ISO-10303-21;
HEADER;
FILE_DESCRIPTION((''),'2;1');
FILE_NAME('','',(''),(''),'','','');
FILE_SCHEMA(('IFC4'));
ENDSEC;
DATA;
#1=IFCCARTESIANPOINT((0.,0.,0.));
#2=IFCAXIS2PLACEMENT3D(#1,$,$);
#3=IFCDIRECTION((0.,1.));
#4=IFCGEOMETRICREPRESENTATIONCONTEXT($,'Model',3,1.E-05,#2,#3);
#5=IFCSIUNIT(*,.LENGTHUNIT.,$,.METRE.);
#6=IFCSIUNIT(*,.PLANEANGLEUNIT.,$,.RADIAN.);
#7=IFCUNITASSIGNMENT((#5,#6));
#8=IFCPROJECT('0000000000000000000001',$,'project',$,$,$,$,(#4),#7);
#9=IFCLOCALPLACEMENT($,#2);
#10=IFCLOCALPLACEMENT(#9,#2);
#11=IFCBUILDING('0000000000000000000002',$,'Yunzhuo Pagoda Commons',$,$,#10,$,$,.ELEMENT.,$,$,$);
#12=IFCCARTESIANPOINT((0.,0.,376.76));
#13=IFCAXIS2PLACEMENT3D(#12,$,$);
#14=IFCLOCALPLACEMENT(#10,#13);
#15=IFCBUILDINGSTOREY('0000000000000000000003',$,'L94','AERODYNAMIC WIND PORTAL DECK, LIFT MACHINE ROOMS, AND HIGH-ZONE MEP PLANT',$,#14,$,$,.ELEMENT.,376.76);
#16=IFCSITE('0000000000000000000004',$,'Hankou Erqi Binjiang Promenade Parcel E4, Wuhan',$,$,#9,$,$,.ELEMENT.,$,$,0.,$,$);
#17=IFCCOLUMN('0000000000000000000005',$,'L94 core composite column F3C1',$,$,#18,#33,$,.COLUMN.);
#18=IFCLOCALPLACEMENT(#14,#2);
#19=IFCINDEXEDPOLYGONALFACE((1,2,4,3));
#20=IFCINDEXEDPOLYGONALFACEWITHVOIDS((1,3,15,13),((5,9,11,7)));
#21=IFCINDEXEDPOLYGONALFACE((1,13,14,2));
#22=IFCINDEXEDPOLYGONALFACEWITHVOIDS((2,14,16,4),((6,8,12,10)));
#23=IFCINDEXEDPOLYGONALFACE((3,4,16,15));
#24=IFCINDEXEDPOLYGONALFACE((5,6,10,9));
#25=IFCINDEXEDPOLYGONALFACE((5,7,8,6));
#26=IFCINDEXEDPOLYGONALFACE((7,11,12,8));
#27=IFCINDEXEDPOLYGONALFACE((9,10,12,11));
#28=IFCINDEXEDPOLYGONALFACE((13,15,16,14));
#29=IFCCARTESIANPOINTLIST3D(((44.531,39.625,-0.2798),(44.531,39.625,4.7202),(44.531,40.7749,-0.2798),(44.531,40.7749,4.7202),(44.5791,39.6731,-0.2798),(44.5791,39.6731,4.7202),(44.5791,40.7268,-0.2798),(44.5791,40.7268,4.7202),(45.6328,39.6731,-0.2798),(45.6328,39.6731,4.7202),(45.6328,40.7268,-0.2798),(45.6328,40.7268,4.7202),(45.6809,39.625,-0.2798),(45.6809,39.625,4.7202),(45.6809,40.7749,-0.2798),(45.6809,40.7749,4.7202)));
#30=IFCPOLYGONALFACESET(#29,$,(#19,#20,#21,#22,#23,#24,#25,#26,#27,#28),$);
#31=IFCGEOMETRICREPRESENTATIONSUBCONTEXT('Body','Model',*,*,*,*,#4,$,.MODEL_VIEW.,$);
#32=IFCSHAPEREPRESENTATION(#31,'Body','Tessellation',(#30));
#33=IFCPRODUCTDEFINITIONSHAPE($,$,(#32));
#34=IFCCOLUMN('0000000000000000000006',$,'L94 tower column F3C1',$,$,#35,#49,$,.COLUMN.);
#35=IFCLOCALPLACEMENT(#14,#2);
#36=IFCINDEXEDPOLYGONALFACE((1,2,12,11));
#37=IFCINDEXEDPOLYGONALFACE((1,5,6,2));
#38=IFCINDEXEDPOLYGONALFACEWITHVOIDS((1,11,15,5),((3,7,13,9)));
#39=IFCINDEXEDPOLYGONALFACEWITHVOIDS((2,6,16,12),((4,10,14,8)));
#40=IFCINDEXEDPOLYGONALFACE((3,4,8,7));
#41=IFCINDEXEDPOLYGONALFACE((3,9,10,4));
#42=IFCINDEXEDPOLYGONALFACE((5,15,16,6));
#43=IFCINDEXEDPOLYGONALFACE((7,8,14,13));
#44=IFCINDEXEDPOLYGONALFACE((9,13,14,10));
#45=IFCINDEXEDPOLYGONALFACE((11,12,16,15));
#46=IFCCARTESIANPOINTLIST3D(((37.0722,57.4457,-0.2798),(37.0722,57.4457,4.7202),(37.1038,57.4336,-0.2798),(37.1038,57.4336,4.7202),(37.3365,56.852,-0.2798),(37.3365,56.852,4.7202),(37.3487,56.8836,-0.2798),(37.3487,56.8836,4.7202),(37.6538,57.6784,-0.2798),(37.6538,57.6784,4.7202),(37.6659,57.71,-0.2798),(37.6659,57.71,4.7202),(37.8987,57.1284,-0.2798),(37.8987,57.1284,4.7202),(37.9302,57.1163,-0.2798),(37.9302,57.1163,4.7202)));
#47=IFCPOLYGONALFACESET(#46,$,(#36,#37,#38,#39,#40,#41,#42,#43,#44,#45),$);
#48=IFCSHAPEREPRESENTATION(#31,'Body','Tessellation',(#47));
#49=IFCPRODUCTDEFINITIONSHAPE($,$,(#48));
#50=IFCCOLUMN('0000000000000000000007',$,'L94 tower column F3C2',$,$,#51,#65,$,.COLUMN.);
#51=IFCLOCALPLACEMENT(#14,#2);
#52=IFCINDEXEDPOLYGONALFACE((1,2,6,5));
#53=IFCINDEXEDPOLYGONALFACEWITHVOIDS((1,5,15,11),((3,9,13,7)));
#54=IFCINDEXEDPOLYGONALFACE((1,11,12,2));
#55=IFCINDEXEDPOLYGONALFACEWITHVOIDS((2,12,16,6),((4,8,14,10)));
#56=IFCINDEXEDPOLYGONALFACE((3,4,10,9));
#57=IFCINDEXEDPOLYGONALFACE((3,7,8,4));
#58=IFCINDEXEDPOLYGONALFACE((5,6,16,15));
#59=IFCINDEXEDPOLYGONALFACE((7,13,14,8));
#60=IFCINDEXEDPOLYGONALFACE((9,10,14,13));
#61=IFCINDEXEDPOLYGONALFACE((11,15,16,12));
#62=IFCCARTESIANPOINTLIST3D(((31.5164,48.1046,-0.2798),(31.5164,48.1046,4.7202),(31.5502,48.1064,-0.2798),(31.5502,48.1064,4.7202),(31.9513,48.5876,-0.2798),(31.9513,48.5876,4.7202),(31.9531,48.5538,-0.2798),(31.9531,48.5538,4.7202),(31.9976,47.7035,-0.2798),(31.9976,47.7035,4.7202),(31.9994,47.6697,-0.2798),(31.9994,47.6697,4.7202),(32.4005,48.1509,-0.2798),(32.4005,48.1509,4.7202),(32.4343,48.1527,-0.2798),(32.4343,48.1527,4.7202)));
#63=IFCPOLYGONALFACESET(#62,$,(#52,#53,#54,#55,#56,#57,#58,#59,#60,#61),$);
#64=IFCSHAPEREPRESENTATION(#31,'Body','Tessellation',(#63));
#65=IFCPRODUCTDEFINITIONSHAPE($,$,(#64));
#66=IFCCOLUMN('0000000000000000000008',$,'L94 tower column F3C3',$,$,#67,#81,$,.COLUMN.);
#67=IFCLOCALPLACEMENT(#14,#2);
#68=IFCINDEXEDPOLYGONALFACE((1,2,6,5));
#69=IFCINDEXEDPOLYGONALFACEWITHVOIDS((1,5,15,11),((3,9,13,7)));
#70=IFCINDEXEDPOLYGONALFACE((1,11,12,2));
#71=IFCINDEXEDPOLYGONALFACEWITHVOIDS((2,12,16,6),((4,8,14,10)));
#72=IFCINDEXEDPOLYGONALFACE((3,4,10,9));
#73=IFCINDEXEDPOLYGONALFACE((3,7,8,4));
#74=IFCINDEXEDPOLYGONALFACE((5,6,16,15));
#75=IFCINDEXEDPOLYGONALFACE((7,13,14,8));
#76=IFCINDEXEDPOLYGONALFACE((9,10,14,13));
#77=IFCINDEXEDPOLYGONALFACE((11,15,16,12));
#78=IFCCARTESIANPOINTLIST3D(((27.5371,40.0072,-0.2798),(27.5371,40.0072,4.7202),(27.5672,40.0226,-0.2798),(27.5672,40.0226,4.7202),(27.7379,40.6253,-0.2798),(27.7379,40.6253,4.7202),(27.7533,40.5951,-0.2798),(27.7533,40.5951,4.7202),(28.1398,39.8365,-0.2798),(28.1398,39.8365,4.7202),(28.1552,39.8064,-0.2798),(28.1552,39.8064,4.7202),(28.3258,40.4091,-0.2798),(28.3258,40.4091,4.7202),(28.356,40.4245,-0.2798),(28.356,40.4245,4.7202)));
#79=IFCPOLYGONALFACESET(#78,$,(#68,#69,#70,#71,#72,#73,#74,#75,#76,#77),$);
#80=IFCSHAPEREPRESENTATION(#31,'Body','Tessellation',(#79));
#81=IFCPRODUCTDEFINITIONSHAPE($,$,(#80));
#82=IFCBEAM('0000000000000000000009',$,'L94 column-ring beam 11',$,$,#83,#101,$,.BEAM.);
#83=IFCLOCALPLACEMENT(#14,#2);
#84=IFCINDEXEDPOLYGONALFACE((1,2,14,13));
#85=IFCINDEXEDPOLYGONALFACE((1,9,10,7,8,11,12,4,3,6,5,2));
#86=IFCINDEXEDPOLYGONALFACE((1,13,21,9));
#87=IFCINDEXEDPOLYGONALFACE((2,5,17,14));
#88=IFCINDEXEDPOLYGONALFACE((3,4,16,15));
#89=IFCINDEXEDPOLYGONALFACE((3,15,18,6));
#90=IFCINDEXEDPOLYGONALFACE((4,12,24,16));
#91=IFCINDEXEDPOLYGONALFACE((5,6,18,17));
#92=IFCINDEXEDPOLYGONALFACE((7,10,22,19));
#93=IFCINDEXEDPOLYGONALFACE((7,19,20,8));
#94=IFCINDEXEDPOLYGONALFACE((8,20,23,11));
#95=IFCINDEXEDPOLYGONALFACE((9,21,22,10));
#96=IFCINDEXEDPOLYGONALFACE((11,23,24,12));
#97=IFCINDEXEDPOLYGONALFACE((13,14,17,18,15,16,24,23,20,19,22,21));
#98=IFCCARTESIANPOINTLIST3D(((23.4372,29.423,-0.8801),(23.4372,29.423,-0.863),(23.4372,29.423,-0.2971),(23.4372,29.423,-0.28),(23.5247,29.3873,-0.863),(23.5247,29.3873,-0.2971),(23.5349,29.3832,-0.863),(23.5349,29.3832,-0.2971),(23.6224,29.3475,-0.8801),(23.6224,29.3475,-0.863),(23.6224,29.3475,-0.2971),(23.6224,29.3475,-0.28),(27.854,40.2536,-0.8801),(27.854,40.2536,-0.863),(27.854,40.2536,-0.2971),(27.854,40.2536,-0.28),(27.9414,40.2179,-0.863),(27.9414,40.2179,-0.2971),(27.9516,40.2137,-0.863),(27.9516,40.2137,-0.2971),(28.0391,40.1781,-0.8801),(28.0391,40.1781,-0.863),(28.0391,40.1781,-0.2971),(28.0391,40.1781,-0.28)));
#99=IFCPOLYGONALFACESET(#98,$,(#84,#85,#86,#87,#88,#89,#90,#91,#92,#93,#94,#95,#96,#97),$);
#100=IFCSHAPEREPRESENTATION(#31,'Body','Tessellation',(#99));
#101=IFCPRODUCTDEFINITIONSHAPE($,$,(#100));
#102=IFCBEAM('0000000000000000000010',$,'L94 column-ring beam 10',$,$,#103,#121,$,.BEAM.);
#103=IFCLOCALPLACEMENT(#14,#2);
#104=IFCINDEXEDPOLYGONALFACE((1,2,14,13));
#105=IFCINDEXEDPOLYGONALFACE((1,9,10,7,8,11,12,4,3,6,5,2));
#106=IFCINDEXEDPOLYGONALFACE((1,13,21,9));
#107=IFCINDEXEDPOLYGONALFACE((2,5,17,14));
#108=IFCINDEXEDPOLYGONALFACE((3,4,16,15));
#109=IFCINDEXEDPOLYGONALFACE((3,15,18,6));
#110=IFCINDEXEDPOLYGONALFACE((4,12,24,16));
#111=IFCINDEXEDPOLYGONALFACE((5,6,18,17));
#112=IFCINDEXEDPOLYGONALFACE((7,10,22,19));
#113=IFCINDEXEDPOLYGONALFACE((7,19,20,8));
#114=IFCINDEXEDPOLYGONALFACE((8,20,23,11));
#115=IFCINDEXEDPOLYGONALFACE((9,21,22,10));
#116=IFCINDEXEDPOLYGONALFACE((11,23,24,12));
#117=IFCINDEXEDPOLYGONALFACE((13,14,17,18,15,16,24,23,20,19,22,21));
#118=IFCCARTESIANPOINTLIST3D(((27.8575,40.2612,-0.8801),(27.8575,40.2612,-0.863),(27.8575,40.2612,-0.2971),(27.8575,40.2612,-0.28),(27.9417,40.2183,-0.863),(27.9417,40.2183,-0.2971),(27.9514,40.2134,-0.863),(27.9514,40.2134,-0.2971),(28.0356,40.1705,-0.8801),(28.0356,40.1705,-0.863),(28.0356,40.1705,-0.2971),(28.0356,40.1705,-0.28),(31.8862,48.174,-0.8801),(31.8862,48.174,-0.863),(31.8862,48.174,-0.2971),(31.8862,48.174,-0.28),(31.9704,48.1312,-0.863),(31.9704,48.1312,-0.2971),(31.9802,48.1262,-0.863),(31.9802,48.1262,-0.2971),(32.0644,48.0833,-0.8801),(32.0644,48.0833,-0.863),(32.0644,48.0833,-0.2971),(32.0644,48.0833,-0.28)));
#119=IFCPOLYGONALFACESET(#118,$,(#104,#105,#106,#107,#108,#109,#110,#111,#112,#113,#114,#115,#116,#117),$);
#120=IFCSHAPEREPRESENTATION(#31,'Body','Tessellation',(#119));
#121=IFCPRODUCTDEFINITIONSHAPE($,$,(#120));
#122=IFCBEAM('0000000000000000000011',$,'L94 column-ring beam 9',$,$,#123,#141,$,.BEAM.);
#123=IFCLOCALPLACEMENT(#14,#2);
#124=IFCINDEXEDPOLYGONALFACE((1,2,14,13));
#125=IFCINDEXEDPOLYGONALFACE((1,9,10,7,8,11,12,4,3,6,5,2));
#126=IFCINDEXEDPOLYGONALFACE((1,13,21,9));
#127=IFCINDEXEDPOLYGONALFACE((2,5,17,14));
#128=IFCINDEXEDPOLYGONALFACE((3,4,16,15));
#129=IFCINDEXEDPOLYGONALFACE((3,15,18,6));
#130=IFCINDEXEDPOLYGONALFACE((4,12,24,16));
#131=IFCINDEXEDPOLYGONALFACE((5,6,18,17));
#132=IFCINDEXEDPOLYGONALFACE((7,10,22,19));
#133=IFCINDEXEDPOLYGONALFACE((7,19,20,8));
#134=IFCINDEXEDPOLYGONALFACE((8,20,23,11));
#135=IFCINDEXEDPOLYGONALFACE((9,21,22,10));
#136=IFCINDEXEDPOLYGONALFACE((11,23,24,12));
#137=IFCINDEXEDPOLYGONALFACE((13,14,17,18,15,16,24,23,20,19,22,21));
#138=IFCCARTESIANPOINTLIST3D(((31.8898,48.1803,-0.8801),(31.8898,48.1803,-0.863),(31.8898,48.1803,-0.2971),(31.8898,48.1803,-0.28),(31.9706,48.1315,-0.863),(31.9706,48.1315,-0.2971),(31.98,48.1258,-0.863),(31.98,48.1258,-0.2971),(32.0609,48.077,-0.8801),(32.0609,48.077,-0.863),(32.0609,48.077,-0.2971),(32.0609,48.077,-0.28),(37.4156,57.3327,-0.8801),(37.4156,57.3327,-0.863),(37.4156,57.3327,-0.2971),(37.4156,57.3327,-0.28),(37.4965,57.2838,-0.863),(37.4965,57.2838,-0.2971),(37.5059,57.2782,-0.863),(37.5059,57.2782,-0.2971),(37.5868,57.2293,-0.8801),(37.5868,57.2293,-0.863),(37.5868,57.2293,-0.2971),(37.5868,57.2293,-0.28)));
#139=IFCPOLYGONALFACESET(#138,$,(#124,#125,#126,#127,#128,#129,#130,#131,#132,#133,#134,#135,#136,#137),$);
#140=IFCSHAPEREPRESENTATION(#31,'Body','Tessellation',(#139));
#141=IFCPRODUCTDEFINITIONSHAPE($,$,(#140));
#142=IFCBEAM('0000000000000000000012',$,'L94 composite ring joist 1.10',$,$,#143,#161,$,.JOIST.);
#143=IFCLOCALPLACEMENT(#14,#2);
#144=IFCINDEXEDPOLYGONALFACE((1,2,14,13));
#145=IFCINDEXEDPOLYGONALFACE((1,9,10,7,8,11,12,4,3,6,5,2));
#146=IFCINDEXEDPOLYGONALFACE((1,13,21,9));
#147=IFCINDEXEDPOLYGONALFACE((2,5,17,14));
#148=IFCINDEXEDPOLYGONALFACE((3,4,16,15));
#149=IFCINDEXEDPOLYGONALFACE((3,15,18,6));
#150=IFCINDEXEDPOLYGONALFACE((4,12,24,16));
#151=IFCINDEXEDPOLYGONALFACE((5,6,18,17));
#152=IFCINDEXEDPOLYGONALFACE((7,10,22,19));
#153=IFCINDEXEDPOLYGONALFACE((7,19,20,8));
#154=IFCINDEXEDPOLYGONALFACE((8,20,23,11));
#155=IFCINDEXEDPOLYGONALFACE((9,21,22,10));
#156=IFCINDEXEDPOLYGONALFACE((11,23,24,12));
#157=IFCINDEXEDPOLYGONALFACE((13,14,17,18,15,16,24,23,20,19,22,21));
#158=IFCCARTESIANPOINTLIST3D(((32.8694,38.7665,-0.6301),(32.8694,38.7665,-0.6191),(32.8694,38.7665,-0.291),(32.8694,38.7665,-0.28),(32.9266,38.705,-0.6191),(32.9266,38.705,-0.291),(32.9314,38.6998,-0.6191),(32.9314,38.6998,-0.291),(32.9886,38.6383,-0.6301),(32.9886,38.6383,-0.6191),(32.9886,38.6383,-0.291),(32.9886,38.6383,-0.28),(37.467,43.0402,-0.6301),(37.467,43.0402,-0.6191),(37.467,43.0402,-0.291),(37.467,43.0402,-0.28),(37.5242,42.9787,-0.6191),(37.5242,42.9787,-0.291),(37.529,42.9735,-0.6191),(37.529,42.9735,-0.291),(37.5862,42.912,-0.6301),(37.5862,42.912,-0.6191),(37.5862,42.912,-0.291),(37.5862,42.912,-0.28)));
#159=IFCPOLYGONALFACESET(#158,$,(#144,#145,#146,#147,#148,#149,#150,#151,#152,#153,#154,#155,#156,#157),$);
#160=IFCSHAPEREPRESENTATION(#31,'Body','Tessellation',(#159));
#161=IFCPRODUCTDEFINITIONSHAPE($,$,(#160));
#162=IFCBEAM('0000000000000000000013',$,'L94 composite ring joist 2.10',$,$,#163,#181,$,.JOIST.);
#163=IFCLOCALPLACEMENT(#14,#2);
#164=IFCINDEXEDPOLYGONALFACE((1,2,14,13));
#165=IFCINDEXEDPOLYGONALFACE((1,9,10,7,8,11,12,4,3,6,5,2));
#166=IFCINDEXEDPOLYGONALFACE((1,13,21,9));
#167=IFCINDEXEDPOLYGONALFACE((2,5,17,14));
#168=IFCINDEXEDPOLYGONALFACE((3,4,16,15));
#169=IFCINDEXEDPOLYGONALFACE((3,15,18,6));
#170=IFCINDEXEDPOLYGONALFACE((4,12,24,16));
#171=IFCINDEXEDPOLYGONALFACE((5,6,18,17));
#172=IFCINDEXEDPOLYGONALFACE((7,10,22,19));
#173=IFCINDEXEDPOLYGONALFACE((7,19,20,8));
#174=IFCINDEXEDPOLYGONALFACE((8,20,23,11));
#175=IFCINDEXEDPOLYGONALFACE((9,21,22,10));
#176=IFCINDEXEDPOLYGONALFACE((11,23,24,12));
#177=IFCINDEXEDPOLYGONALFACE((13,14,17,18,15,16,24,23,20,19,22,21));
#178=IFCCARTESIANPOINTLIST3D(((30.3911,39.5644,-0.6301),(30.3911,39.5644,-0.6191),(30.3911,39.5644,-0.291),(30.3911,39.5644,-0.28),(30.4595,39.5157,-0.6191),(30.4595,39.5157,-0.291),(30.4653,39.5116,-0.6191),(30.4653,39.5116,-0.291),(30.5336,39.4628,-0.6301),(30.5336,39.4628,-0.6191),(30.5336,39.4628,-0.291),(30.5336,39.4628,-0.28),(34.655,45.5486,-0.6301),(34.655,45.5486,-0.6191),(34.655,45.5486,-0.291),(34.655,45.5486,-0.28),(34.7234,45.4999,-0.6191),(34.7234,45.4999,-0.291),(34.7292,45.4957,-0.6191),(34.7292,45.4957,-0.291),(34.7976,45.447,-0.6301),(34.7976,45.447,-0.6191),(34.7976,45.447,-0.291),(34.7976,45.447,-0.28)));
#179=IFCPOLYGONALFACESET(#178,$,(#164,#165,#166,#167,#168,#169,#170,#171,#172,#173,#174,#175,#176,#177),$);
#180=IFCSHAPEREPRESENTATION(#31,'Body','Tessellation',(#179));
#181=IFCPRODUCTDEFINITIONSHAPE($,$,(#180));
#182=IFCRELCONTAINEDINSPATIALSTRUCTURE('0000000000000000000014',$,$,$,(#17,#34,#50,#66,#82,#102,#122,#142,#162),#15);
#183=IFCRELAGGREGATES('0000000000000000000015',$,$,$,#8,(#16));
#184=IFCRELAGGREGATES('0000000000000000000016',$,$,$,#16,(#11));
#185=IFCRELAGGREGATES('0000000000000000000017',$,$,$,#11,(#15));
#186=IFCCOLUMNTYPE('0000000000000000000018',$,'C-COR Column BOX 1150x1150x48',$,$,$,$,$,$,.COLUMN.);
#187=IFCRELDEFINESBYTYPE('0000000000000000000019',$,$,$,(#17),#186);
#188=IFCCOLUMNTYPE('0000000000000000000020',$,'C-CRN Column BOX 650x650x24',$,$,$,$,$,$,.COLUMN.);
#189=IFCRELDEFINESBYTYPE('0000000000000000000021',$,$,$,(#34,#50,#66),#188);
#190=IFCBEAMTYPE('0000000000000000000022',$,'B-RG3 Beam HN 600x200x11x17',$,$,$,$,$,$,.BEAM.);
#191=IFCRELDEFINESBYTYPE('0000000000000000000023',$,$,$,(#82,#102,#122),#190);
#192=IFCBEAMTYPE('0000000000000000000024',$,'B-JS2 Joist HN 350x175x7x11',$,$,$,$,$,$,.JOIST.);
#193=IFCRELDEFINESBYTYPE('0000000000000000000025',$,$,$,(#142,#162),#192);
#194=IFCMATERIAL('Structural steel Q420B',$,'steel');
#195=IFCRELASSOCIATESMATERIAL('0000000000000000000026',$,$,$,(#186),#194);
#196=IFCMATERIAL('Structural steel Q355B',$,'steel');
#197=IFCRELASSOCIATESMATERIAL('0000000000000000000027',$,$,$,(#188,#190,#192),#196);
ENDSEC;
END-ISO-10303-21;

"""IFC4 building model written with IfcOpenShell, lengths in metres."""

from ifc_helpers import new_model, si_unit, direction, frame, origin, origin_2d, place, context, subcontext, project, spatial, hollow_rectangle, i_section, extrude, source, transform, mapped, material, material_profile, profile_set, type_object, element, save


model = new_model("IFC4")

# Units and contexts
model_context = context("Model", 3, precision=1e-05, world=origin(), true_north=direction((0.0, 1.0)))
body_context = subcontext(model_context, "Body", "Model", "MODEL_VIEW")
ifc_project = project(units=[si_unit("LENGTHUNIT", "METRE"), si_unit("PLANEANGLEUNIT", "RADIAN")], contexts=[model_context])

# Site, building, storey
site_placement = place(None, origin())
site = spatial("IfcSite", under=ifc_project, at=site_placement, Name="Hankou Erqi Binjiang Promenade Parcel E4, Wuhan", CompositionType="ELEMENT", RefElevation=0.0)
building_placement = place(site_placement, origin())
building = spatial("IfcBuilding", under=site, at=building_placement, Name="Yunzhuo Pagoda Commons", CompositionType="ELEMENT")
storey_placement = place(building_placement, frame((0.0, 0.0, 376.76)))
storey = spatial("IfcBuildingStorey", under=building, at=storey_placement, Name="L94", Description="AERODYNAMIC WIND PORTAL DECK, LIFT MACHINE ROOMS, AND HIGH-ZONE MEP PLANT", CompositionType="ELEMENT", Elevation=376.76)

# Columns
ifc_material_1 = material(Name="Structural steel Q420B", Category="steel")
ifc_material_profile_1 = material_profile(ifc_material_1, hollow_rectangle(XDim=1.1499, YDim=1.1499, WallThickness=0.0481, at=origin_2d()), Name="Structural steel Q420B")
ifc_profile_set_1 = profile_set([ifc_material_profile_1], Name="Structural steel Q420B")
column_type_1 = type_object("IfcColumnType", Name="C-COR Column BOX 1150x1150x48", PredefinedType="COLUMN", material=ifc_profile_set_1)
shared_shape_1 = source(origin(), body_context, "Body", "SweptSolid", [
    extrude(hollow_rectangle(XDim=1.1499, YDim=1.1499, WallThickness=0.0481, at=origin_2d()), origin(), (0.0, 0.0, 1.0), 5.0),
])
column_placement = place(storey_placement, frame((45.106, 40.2, -0.2798), z_axis=(0.0, 0.0, 1.0), x_axis=(1.0, 0.0, 0.0)))
element("IfcColumn", 1, at=column_placement, inside=storey, type_object=column_type_1, Name="L94 core composite column F3C1", PredefinedType="COLUMN", context=body_context, shape_type="MappedRepresentation", body=[
    mapped(shared_shape_1, transform((0.0, 0.0, 0.0), scale=1.0)),
])
ifc_material_2 = material(Name="Structural steel Q355B", Category="steel")
ifc_material_profile_2 = material_profile(ifc_material_2, hollow_rectangle(XDim=0.6499, YDim=0.6499, WallThickness=0.0239, at=origin_2d()), Name="Structural steel Q355B")
ifc_profile_set_2 = profile_set([ifc_material_profile_2], Name="Structural steel Q355B")
column_type_2 = type_object("IfcColumnType", Name="C-CRN Column BOX 650x650x24", PredefinedType="COLUMN", material=ifc_profile_set_2)
shared_shape_2 = source(origin(), body_context, "Body", "SweptSolid", [
    extrude(hollow_rectangle(XDim=0.6499, YDim=0.6499, WallThickness=0.0239, at=origin_2d()), origin(), (0.0, 0.0, 1.0), 5.0),
])
for number, where, z_axis, x_axis, name in (
    (2, (37.5012, 57.281, -0.2798), (0.0, 0.0, 1.0), (-0.913545, -0.406737, 0.0), "L94 tower column F3C1"),
    (3, (31.9753, 48.1287, -0.2798), (0.0, 0.0, 1.0), (-0.669131, -0.743145, 0.0), "L94 tower column F3C2"),
    (4, (27.9465, 40.2158, -0.2798), (0.0, 0.0, 1.0), (-0.309017, -0.951057, 0.0), "L94 tower column F3C3"),
):
    element("IfcColumn", number, at=place(storey_placement, frame(where, z_axis=z_axis, x_axis=x_axis)), inside=storey, type_object=column_type_2, Name=name, PredefinedType="COLUMN", context=body_context, shape_type="MappedRepresentation", body=[
        mapped(shared_shape_2, transform((0.0, 0.0, 0.0), scale=1.0)),
    ])

# Beams
ifc_material_profile_3 = material_profile(ifc_material_2, i_section(OverallWidth=0.2, OverallDepth=0.6001, WebThickness=0.011, FlangeThickness=0.0171, at=origin_2d()), Name="Structural steel Q355B")
ifc_profile_set_3 = profile_set([ifc_material_profile_3], Name="Structural steel Q355B")
beam_type_1 = type_object("IfcBeamType", Name="B-RG3 Beam HN 600x200x11x17", PredefinedType="BEAM", material=ifc_profile_set_3)
shared_shape_3 = source(origin(), body_context, "Body", "SweptSolid", [
    extrude(i_section(OverallWidth=0.2, OverallDepth=0.6001, WebThickness=0.011, FlangeThickness=0.0171, at=origin_2d()), origin(), (0.0, 0.0, 1.0), 11.6965),
])
beam_1_placement = place(storey_placement, frame((27.9465, 40.2158, -0.5801), z_axis=(-0.377612, -0.925964, 0.0), x_axis=(0.925964, -0.377612, 0.0)))
element("IfcBeam", 5, at=beam_1_placement, inside=storey, type_object=beam_type_1, Name="L94 column-ring beam 11", PredefinedType="BEAM", context=body_context, shape_type="MappedRepresentation", body=[
    mapped(shared_shape_3, transform((0.0, 0.0, 0.0), scale=1.0)),
])
shared_shape_4 = source(origin(), body_context, "Body", "SweptSolid", [
    extrude(i_section(OverallWidth=0.2, OverallDepth=0.6001, WebThickness=0.011, FlangeThickness=0.0171, at=origin_2d()), origin(), (0.0, 0.0, 1.0), 8.8794),
])
beam_2_placement = place(storey_placement, frame((31.9753, 48.1287, -0.5801), z_axis=(-0.453724, -0.891142, 0.0), x_axis=(0.891142, -0.453724, 0.0)))
element("IfcBeam", 6, at=beam_2_placement, inside=storey, type_object=beam_type_1, Name="L94 column-ring beam 10", PredefinedType="BEAM", context=body_context, shape_type="MappedRepresentation", body=[
    mapped(shared_shape_4, transform((0.0, 0.0, 0.0), scale=1.0)),
])
shared_shape_5 = source(origin(), body_context, "Body", "SweptSolid", [
    extrude(i_section(OverallWidth=0.2, OverallDepth=0.6001, WebThickness=0.011, FlangeThickness=0.0171, at=origin_2d()), origin(), (0.0, 0.0, 1.0), 10.6912),
])
beam_3_placement = place(storey_placement, frame((37.5012, 57.281, -0.5801), z_axis=(-0.516865, -0.856067, 0.0), x_axis=(0.856067, -0.516865, 0.0)))
element("IfcBeam", 7, at=beam_3_placement, inside=storey, type_object=beam_type_1, Name="L94 column-ring beam 9", PredefinedType="BEAM", context=body_context, shape_type="MappedRepresentation", body=[
    mapped(shared_shape_5, transform((0.0, 0.0, 0.0), scale=1.0)),
])
ifc_material_profile_4 = material_profile(ifc_material_2, i_section(OverallWidth=0.175, OverallDepth=0.3501, WebThickness=0.0071, FlangeThickness=0.011, at=origin_2d()), Name="Structural steel Q355B")
ifc_profile_set_4 = profile_set([ifc_material_profile_4], Name="Structural steel Q355B")
beam_type_2 = type_object("IfcBeamType", Name="B-JS2 Joist HN 350x175x7x11", PredefinedType="JOIST", material=ifc_profile_set_4)
shared_shape_6 = source(origin(), body_context, "Body", "SweptSolid", [
    extrude(i_section(OverallWidth=0.175, OverallDepth=0.3501, WebThickness=0.0071, FlangeThickness=0.011, at=origin_2d()), origin(), (0.0, 0.0, 1.0), 6.2771),
])
beam_4_placement = place(storey_placement, frame((37.5266, 42.9761, -0.4551), z_axis=(-0.732442, -0.68083, 0.0), x_axis=(0.68083, -0.732442, 0.0)))
element("IfcBeam", 8, at=beam_4_placement, inside=storey, type_object=beam_type_2, Name="L94 composite ring joist 1.10", PredefinedType="JOIST", context=body_context, shape_type="MappedRepresentation", body=[
    mapped(shared_shape_6, transform((0.0, 0.0, 0.0), scale=1.0)),
])
shared_shape_7 = source(origin(), body_context, "Body", "SweptSolid", [
    extrude(i_section(OverallWidth=0.175, OverallDepth=0.3501, WebThickness=0.0071, FlangeThickness=0.011, at=origin_2d()), origin(), (0.0, 0.0, 1.0), 7.3479),
])
beam_5_placement = place(storey_placement, frame((34.7263, 45.4978, -0.4551), z_axis=(-0.580295, -0.814406, 0.0), x_axis=(0.814406, -0.580295, 0.0)))
element("IfcBeam", 9, at=beam_5_placement, inside=storey, type_object=beam_type_2, Name="L94 composite ring joist 2.10", PredefinedType="JOIST", context=body_context, shape_type="MappedRepresentation", body=[
    mapped(shared_shape_7, transform((0.0, 0.0, 0.0), scale=1.0)),
])

save(model, "model.ifc")
